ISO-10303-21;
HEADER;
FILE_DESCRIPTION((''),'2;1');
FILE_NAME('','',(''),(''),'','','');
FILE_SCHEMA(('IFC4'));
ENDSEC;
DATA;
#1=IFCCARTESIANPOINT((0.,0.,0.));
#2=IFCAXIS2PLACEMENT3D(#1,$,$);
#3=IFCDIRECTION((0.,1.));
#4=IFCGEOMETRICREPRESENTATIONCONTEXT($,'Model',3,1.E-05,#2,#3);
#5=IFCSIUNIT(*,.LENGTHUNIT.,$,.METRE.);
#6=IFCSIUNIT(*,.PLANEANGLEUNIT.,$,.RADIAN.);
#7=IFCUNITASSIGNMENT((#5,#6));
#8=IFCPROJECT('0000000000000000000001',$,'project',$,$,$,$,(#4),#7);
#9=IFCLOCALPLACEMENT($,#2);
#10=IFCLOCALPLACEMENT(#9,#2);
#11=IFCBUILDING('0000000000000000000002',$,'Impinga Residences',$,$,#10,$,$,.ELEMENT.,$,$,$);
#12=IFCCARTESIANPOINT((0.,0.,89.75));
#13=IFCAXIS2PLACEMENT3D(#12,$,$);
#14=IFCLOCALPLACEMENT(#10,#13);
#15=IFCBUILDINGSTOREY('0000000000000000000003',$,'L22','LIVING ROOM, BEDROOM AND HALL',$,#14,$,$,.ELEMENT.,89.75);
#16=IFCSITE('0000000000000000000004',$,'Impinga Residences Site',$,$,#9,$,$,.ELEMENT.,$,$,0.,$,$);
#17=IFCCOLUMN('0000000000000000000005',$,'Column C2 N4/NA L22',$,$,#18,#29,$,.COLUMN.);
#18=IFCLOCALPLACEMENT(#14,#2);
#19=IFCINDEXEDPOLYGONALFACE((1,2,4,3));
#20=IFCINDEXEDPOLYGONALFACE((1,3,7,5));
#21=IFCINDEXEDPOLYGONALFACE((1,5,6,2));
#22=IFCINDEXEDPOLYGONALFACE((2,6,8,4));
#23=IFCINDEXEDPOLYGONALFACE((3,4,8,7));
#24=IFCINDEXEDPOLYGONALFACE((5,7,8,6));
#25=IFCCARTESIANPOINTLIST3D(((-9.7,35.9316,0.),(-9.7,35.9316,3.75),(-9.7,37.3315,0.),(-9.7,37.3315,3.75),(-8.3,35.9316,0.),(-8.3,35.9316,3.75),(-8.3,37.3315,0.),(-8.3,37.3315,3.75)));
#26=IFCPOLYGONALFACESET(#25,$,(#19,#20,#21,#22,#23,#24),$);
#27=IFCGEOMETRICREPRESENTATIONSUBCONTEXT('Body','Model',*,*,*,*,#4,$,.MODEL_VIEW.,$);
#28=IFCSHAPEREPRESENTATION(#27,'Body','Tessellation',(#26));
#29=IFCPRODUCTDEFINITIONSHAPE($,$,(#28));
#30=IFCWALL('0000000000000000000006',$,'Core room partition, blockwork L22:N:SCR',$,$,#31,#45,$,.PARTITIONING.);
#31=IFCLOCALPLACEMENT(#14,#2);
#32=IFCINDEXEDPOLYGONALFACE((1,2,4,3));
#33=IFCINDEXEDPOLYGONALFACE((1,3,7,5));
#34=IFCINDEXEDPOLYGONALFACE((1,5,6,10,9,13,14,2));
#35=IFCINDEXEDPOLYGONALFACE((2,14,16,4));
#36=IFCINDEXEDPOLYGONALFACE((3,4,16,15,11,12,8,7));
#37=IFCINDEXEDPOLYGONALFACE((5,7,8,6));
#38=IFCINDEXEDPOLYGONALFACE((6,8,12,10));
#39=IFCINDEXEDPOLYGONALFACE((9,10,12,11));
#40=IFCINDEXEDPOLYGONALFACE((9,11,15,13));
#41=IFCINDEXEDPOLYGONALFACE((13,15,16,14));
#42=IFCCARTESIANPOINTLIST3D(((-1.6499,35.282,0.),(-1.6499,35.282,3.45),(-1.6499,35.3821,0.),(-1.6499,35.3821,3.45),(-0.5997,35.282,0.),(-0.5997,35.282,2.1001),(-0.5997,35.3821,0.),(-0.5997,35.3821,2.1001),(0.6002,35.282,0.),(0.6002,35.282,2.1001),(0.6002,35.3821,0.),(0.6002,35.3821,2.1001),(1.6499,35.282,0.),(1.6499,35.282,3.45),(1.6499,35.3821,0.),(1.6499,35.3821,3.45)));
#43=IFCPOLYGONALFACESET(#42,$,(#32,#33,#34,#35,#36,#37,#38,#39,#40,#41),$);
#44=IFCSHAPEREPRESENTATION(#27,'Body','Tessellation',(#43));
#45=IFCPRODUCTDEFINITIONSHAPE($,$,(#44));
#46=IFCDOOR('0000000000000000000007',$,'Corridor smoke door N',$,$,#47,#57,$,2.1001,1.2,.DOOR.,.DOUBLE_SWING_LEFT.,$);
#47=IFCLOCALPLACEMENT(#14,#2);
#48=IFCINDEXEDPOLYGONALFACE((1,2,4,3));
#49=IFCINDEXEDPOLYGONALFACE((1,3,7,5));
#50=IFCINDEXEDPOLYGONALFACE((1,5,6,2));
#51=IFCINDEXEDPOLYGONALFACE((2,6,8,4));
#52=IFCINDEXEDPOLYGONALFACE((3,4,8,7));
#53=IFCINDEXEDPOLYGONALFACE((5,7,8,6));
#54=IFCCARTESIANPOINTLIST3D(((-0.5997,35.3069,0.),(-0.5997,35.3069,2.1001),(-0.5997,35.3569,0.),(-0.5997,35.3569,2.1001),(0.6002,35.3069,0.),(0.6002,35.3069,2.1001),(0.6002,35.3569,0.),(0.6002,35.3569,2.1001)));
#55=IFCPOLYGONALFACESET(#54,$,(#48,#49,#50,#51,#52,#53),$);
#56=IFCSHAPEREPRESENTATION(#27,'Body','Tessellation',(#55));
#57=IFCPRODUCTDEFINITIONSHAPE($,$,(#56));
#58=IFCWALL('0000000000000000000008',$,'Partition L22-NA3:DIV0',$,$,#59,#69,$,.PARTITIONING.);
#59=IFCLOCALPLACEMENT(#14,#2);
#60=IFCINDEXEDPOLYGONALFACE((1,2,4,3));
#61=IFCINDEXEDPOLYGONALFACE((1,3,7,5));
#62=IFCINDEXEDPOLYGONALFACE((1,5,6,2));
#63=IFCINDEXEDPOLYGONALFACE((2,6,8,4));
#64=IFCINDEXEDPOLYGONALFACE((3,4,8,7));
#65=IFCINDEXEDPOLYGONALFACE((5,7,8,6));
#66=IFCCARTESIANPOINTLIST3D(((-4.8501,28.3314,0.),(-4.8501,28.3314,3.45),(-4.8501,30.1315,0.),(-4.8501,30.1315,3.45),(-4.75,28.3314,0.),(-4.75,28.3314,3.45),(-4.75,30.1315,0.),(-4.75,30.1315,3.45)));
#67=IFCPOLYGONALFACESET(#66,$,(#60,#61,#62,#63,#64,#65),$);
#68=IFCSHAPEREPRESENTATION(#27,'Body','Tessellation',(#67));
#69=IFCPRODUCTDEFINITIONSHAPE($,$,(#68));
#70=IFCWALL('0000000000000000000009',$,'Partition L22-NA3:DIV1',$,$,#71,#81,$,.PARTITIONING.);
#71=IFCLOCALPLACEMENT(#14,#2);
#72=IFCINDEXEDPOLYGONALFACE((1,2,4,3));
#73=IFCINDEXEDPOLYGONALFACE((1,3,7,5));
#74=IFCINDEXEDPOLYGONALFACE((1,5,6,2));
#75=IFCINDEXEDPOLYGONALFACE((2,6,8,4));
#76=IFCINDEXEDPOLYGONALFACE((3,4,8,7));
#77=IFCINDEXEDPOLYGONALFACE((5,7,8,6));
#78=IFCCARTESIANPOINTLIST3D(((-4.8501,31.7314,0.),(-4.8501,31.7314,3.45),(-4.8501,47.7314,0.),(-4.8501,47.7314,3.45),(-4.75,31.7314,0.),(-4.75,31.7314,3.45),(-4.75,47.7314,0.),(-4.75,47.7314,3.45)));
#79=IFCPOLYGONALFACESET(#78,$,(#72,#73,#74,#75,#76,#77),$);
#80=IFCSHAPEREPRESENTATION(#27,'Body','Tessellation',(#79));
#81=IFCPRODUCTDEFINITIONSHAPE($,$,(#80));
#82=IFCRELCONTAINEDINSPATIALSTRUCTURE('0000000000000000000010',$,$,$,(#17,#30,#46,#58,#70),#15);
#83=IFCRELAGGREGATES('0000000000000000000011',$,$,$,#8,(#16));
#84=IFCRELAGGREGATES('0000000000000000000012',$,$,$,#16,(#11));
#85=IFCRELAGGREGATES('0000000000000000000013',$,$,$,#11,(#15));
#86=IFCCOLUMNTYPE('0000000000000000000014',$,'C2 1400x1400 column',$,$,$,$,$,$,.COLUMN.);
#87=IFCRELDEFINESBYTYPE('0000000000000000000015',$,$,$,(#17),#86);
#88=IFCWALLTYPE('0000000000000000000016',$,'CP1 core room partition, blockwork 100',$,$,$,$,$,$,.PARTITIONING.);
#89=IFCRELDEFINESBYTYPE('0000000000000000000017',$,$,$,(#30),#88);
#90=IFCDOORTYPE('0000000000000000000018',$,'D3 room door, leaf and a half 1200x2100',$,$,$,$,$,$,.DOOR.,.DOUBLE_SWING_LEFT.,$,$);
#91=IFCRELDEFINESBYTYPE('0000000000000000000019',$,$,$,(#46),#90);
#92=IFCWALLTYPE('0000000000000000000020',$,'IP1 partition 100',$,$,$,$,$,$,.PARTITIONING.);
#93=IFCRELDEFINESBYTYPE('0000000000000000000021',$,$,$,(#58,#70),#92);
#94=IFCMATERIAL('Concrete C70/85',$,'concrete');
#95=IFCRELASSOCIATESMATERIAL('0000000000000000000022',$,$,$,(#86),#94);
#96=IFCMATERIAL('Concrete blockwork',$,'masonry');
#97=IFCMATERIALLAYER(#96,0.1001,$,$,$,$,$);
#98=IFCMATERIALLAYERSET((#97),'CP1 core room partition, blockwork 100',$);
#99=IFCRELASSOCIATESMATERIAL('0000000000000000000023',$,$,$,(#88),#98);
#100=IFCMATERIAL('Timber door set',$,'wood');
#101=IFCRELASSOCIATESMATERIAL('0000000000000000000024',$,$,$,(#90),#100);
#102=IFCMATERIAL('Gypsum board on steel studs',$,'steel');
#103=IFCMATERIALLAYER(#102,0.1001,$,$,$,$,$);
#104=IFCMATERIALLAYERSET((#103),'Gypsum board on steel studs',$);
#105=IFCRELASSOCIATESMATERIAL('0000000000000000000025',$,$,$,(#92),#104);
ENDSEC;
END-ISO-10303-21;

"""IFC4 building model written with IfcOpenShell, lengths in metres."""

from ifc_helpers import new_model, si_unit, direction, frame, frame_2d, origin, origin_2d, place, context, subcontext, project, spatial, rectangle, extrude, material, layer, layer_set, material_profile, profile_set, type_object, element, fill, save


model = new_model("IFC4")

# Units and contexts
model_context = context("Model", 3, precision=1e-05, world=origin(), true_north=direction((0.0, 1.0)))
body_context = subcontext(model_context, "Body", "Model", "MODEL_VIEW")
ifc_project = project(units=[si_unit("LENGTHUNIT", "METRE"), si_unit("PLANEANGLEUNIT", "RADIAN")], contexts=[model_context])

# Site, building, storey
site_placement = place(None, origin())
site = spatial("IfcSite", under=ifc_project, at=site_placement, Name="Impinga Residences Site", CompositionType="ELEMENT", RefElevation=0.0)
building_placement = place(site_placement, origin())
building = spatial("IfcBuilding", under=site, at=building_placement, Name="Impinga Residences", CompositionType="ELEMENT")
storey_placement = place(building_placement, frame((0.0, 0.0, 89.75)))
storey = spatial("IfcBuildingStorey", under=building, at=storey_placement, Name="L22", Description="LIVING ROOM, BEDROOM AND HALL", CompositionType="ELEMENT", Elevation=89.75)

# Column
ifc_material_1 = material(Name="Concrete C70/85", Category="concrete")
ifc_material_profile = material_profile(ifc_material_1, rectangle(XDim=1.3999, YDim=1.3999, at=origin_2d()), Name="RC 1400x1400")
ifc_profile_set = profile_set([ifc_material_profile], Name="Concrete C70/85")
column_type = type_object("IfcColumnType", Name="C2 1400x1400 column", PredefinedType="COLUMN", material=ifc_profile_set)
column_placement = place(storey_placement, frame((-9.0, 36.6316, 0.0), z_axis=(0.0, 0.0, 1.0), x_axis=(1.0, 0.0, 0.0)))
element("IfcColumn", 1, at=column_placement, inside=storey, type_object=column_type, Name="Column C2 N4/NA L22", PredefinedType="COLUMN", context=body_context, shape_type="SweptSolid", body=[
    extrude(rectangle(XDim=1.3999, YDim=1.3999, at=origin_2d()), origin(), (0.0, 0.0, 1.0), 3.75),
])

# Wall, opening, door
ifc_material_2 = material(Name="Concrete blockwork", Category="masonry")
ifc_layer_1 = layer(ifc_material_2, 0.1001)
ifc_layer_set_1 = layer_set([ifc_layer_1], Name="CP1 core room partition, blockwork 100")
wall_type_1 = type_object("IfcWallType", Name="CP1 core room partition, blockwork 100", PredefinedType="PARTITIONING", material=ifc_layer_set_1)
wall_1_placement = place(storey_placement, frame((-1.6499, 35.332, 0.0), z_axis=(0.0, 0.0, 1.0), x_axis=(1.0, 0.0, 0.0)))
wall_1 = element("IfcWall", 2, at=wall_1_placement, inside=storey, type_object=wall_type_1, Name="Core room partition, blockwork L22:N:SCR", PredefinedType="PARTITIONING", context=body_context, shape_type="SweptSolid", body=[
    extrude(rectangle(XDim=3.2998, YDim=0.1001, at=frame_2d((1.6499, 0.0))), origin(), (0.0, 0.0, 1.0), 3.45),
])
opening_1_placement = place(wall_1_placement, frame((1.05, 0.0, 0.0)))
opening_1 = element("IfcOpeningElement", 3, at=opening_1_placement, cuts=wall_1, PredefinedType="OPENING", context=body_context, shape_type="SweptSolid", body=[
    extrude(rectangle(XDim=1.2, YDim=2.1001, at=frame_2d((0.6001, 1.05))), frame((0.0, 0.0601, 0.0), z_axis=(0.0, -1.0, 0.0), x_axis=(1.0, 0.0, 0.0)), (0.0, 0.0, 1.0), 0.1201),
])
ifc_material_3 = material(Name="Timber door set", Category="wood")
door_type_1 = type_object("IfcDoorType", Name="D3 room door, leaf and a half 1200x2100", OperationType="DOUBLE_SWING_LEFT", PredefinedType="DOOR", material=ifc_material_3)
door_1_placement = place(opening_1_placement, origin())
door_1 = element("IfcDoor", 4, at=door_1_placement, inside=storey, type_object=door_type_1, Name="Corridor smoke door N", OperationType="DOUBLE_SWING_LEFT", OverallHeight=2.1001, OverallWidth=1.2, PredefinedType="DOOR", context=body_context, shape_type="SweptSolid", body=[
    extrude(rectangle(XDim=1.2, YDim=2.1001, at=frame_2d((0.6001, 1.05))), frame((0.0, 0.0249, 0.0), z_axis=(0.0, -1.0, 0.0), x_axis=(1.0, 0.0, 0.0)), (0.0, 0.0, 1.0), 0.05),
])
fill(opening_1, door_1)

# Walls
ifc_material_4 = material(Name="Gypsum board on steel studs", Category="steel")
ifc_layer_2 = layer(ifc_material_4, 0.1001)
ifc_layer_set_2 = layer_set([ifc_layer_2], Name="Gypsum board on steel studs")
wall_type_2 = type_object("IfcWallType", Name="IP1 partition 100", PredefinedType="PARTITIONING", material=ifc_layer_set_2)
wall_2_placement = place(storey_placement, frame((-4.8, 28.3315, 0.0), z_axis=(0.0, 0.0, 1.0), x_axis=(0.0, 1.0, 0.0)))
element("IfcWall", 5, at=wall_2_placement, inside=storey, type_object=wall_type_2, Name="Partition L22-NA3:DIV0", PredefinedType="PARTITIONING", context=body_context, shape_type="SweptSolid", body=[
    extrude(rectangle(XDim=1.8, YDim=0.1001, at=frame_2d((0.8999, 0.0))), origin(), (0.0, 0.0, 1.0), 3.45),
])
wall_3_placement = place(storey_placement, frame((-4.8, 31.7314, 0.0), z_axis=(0.0, 0.0, 1.0), x_axis=(0.0, 1.0, 0.0)))
element("IfcWall", 6, at=wall_3_placement, inside=storey, type_object=wall_type_2, Name="Partition L22-NA3:DIV1", PredefinedType="PARTITIONING", context=body_context, shape_type="SweptSolid", body=[
    extrude(rectangle(XDim=16.0, YDim=0.1001, at=frame_2d((8.0, 0.0))), origin(), (0.0, 0.0, 1.0), 3.45),
])

save(model, "model.ifc")
